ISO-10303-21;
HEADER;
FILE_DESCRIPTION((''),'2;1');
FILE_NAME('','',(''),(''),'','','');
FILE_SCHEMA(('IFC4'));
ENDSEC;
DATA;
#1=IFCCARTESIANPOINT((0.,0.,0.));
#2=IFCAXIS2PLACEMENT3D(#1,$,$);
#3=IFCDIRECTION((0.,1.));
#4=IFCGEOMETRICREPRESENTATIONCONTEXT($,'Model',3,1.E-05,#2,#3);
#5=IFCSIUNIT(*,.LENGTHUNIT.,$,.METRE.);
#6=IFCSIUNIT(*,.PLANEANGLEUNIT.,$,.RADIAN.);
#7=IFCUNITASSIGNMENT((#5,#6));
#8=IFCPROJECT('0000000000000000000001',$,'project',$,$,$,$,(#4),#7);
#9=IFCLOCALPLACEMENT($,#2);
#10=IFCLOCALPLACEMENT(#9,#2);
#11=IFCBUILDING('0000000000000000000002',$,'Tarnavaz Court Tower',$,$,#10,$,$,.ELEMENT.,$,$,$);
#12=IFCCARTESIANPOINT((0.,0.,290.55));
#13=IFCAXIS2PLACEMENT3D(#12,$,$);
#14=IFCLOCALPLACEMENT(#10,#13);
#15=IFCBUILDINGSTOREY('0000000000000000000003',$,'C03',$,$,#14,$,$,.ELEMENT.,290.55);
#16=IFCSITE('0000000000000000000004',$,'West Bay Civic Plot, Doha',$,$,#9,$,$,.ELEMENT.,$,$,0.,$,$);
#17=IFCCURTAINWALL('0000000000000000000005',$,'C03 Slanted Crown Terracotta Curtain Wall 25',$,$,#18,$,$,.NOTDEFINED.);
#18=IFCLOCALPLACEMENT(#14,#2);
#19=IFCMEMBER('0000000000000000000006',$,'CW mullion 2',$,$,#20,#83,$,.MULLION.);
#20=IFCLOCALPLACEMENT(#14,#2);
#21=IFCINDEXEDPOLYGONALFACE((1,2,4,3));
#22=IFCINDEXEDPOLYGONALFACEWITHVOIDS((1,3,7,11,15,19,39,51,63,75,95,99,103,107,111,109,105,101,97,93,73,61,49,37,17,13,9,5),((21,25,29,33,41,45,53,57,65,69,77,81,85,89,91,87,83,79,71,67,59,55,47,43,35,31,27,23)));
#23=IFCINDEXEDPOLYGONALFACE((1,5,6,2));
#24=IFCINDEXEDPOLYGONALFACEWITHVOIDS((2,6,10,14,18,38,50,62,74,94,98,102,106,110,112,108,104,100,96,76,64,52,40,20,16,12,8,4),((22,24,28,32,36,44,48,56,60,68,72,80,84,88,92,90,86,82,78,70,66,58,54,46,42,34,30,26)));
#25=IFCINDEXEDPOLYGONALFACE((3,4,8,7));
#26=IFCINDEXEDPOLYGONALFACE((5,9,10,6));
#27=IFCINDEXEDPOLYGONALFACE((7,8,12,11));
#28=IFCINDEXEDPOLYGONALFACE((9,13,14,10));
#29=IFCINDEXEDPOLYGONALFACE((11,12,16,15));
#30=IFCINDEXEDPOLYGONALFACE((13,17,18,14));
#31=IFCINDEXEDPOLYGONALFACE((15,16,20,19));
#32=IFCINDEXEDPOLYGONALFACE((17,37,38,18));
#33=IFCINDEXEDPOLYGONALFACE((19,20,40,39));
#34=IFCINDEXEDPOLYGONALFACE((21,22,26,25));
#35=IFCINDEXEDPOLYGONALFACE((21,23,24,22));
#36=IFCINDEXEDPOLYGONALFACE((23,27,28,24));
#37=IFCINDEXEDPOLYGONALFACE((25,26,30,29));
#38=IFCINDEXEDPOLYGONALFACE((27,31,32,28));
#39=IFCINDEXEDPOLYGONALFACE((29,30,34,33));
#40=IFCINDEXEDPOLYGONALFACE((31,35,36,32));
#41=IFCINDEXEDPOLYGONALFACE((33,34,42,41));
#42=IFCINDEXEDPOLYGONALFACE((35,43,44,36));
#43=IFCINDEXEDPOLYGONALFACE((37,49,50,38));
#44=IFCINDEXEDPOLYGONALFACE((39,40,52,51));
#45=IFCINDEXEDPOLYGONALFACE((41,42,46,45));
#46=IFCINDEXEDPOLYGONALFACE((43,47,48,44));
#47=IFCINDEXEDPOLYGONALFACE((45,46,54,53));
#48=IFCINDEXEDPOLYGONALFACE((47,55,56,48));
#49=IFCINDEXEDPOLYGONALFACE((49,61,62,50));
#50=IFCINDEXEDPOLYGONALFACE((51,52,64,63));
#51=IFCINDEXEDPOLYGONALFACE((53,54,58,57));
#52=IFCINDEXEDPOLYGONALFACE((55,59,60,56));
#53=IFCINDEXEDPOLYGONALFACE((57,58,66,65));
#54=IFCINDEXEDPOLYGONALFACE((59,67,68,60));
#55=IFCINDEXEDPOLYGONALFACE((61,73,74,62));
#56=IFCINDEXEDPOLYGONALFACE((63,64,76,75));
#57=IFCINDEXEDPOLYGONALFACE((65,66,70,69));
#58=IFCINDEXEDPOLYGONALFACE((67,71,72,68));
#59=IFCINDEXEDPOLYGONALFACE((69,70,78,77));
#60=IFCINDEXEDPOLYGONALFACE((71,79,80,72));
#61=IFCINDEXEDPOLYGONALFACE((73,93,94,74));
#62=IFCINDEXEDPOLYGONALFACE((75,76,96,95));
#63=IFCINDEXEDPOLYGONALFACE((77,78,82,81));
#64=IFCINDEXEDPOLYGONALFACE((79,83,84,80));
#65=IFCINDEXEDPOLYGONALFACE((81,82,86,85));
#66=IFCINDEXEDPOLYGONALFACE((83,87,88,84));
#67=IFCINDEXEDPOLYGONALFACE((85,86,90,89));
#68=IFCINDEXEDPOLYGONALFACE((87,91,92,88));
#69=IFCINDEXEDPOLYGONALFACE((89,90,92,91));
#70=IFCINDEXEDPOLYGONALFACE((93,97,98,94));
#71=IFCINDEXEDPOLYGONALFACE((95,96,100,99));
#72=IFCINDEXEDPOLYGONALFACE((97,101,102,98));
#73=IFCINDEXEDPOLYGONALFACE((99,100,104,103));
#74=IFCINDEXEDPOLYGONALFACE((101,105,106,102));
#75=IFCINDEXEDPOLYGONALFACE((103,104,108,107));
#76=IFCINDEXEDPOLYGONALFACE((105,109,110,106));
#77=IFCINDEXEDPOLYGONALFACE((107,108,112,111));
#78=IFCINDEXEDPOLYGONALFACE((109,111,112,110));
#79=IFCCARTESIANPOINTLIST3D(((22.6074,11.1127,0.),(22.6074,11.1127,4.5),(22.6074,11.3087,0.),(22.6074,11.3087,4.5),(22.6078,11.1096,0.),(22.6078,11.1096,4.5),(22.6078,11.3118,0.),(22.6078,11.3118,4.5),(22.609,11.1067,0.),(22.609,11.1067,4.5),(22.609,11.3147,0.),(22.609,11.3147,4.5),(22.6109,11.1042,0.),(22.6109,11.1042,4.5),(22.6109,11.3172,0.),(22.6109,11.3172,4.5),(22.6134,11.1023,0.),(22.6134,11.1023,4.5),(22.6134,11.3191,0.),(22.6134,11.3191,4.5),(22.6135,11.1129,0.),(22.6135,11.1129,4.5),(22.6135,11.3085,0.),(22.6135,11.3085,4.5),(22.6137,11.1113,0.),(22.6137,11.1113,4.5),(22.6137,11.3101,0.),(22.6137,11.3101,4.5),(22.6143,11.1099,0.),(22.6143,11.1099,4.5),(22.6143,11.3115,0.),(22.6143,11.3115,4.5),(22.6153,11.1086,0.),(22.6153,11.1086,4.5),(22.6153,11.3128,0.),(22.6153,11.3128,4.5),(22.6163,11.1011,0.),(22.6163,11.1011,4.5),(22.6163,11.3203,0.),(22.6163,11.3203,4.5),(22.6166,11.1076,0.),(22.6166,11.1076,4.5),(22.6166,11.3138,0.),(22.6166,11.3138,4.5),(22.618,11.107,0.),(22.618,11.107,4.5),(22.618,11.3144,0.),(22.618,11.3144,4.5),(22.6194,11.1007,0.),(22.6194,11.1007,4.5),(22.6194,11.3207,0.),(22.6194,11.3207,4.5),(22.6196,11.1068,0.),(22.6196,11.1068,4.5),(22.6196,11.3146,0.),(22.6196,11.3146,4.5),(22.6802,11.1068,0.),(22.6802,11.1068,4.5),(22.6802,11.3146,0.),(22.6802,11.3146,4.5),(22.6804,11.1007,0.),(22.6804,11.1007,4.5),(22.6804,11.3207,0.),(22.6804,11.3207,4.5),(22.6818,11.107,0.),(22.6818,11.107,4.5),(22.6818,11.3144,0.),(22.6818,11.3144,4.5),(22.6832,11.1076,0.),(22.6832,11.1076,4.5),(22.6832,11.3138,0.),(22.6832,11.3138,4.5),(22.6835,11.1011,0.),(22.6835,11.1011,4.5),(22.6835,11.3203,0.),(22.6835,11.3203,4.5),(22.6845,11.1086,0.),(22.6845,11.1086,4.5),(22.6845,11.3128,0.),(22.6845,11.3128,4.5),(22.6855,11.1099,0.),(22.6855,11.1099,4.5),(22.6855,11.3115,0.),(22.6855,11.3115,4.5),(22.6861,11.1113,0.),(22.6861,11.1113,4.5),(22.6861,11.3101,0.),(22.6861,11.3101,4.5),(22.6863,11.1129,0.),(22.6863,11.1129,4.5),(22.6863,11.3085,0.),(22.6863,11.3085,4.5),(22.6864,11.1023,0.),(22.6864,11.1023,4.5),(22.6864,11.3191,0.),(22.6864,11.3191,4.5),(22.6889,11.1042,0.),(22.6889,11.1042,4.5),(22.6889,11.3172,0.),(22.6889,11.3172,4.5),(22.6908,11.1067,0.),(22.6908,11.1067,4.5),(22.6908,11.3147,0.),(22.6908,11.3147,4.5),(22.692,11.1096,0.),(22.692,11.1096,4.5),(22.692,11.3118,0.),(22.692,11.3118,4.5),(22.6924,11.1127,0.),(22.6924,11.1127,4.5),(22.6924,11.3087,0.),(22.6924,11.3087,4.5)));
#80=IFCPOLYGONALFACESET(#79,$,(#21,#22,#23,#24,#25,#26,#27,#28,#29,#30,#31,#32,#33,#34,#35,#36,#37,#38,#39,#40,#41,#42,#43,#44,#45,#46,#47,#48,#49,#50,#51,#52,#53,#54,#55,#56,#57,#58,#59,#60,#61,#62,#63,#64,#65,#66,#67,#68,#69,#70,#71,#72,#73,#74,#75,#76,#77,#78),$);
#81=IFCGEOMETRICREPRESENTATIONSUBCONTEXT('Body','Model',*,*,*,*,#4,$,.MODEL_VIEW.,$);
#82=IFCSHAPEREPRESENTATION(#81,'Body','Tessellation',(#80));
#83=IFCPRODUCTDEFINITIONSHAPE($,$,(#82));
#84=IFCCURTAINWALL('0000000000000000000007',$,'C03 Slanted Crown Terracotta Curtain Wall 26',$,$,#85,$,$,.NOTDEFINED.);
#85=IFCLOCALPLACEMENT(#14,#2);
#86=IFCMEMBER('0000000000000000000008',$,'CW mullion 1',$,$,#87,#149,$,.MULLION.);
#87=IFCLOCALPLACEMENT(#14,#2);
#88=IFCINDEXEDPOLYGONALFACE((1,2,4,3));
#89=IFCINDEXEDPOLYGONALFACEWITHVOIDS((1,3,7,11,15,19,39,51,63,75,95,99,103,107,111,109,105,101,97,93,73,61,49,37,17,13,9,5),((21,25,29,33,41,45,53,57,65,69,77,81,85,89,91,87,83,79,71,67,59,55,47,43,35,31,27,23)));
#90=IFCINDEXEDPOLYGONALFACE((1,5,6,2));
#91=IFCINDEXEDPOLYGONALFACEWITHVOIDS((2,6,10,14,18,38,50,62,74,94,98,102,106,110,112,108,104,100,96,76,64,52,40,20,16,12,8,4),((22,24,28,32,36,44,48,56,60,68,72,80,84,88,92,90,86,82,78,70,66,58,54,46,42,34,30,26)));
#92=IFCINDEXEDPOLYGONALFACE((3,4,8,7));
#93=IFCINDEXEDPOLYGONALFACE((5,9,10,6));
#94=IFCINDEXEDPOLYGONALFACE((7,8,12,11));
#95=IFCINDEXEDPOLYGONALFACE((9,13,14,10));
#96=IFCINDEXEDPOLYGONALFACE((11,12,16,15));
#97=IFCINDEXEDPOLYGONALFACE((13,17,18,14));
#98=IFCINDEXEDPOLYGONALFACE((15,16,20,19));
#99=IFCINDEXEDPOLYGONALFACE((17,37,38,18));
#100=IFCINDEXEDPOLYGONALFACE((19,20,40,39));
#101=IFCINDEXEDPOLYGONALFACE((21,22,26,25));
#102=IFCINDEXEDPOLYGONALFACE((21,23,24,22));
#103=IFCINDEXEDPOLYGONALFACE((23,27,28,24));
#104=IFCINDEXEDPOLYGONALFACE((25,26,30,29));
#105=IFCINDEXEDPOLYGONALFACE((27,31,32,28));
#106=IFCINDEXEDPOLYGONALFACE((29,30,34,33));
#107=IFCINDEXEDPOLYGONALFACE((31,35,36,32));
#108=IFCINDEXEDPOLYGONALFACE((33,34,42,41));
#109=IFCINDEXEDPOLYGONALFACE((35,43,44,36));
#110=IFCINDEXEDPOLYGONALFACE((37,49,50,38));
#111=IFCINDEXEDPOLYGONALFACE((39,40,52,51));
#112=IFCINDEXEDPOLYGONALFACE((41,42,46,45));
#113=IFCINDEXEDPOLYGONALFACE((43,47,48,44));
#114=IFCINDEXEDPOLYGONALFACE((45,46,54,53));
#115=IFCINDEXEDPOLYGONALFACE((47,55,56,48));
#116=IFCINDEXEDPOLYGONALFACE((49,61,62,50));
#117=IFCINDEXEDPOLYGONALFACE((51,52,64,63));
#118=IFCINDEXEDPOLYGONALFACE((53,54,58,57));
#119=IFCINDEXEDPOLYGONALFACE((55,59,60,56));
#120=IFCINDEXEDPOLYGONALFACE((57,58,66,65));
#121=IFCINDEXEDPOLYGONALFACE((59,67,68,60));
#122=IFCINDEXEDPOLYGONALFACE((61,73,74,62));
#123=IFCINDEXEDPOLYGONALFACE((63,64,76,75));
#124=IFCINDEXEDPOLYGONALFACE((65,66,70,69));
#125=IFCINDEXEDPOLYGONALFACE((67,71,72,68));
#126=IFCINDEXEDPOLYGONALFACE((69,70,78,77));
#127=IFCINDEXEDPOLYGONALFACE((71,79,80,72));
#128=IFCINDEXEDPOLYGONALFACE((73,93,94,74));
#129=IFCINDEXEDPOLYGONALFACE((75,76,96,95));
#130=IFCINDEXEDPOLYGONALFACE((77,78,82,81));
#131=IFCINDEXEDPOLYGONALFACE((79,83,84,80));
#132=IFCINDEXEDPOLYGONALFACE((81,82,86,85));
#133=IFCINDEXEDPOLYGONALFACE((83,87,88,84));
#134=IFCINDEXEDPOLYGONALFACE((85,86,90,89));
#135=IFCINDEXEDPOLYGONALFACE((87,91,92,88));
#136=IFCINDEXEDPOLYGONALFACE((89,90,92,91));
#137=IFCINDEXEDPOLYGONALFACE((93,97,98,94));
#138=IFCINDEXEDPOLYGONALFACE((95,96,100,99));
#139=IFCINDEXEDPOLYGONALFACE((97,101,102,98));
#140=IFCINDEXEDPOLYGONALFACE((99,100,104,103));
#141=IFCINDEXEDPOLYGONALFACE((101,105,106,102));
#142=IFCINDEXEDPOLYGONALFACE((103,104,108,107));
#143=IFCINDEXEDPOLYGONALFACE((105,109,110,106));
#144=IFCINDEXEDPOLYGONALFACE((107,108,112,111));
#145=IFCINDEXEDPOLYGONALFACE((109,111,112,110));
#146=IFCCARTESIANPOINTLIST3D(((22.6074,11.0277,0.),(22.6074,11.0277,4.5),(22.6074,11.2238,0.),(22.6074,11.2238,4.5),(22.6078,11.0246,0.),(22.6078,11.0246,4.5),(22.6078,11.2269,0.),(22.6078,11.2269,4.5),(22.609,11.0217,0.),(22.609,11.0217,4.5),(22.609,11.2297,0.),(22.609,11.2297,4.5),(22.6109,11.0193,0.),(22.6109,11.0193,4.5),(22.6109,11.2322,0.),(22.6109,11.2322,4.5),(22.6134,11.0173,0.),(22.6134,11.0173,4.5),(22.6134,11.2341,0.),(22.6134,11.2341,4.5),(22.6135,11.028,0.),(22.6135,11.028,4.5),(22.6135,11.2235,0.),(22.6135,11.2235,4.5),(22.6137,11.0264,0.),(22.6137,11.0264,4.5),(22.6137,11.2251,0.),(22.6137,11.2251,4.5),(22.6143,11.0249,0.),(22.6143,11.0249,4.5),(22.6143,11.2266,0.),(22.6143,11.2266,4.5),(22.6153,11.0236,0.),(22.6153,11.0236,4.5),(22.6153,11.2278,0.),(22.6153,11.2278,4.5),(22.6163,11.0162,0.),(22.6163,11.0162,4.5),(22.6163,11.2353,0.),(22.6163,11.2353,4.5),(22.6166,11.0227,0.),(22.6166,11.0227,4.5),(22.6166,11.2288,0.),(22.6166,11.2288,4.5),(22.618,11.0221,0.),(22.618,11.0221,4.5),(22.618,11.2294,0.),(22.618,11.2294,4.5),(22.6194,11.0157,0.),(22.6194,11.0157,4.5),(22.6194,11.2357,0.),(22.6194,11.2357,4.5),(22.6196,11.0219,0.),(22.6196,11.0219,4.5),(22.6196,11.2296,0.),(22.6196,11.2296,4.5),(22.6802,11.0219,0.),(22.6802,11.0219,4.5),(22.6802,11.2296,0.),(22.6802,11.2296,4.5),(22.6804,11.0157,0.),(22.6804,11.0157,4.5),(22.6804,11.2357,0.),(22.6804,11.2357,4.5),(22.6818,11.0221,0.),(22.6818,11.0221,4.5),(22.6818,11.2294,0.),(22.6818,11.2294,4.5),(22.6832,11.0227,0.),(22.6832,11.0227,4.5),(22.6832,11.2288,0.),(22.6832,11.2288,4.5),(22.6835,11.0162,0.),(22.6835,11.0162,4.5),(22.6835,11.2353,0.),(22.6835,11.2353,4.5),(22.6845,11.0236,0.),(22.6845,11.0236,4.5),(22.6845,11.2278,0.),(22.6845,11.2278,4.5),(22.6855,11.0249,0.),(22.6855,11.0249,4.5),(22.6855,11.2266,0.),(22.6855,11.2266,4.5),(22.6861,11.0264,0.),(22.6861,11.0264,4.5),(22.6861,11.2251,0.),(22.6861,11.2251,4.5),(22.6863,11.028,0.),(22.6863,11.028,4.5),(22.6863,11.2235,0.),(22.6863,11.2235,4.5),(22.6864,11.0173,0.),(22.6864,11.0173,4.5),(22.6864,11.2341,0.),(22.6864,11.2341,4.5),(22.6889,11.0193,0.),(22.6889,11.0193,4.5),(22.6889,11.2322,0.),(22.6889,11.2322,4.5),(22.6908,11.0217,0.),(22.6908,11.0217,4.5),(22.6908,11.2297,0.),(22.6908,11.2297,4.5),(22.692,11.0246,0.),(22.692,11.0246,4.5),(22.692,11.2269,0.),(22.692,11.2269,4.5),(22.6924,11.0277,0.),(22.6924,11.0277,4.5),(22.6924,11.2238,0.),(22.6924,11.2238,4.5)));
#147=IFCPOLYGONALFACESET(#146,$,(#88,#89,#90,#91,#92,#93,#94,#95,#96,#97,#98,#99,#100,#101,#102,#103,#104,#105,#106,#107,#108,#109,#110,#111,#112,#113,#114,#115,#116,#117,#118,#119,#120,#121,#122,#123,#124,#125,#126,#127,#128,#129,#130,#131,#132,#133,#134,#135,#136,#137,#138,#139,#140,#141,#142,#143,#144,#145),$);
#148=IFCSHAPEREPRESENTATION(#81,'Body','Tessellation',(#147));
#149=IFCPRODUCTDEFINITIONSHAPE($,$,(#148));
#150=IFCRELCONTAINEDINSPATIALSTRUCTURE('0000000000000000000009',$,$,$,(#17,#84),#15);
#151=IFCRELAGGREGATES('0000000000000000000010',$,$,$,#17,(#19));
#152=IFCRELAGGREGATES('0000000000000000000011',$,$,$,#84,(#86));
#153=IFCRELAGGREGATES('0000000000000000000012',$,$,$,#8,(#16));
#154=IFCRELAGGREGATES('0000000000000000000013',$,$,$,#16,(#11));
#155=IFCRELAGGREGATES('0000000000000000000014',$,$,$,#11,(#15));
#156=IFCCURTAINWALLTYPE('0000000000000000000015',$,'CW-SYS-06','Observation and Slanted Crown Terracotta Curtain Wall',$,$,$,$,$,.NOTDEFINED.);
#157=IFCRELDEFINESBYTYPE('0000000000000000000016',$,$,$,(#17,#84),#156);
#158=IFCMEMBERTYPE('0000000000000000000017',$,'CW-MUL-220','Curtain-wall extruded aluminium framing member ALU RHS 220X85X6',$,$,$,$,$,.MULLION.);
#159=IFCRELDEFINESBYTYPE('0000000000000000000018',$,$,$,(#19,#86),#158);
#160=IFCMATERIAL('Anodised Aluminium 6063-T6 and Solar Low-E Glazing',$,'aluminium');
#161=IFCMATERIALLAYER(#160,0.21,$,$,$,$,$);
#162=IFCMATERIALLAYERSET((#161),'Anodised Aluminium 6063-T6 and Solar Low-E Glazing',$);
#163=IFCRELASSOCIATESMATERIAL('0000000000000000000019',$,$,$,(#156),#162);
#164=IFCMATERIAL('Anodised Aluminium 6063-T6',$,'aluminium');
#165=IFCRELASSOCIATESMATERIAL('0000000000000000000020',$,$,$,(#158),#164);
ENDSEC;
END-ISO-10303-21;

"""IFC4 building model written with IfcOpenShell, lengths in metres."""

from ifc_helpers import new_model, si_unit, direction, frame, origin, origin_2d, place, context, subcontext, project, spatial, hollow_rectangle, extrude, material, layer, layer_set, material_profile, profile_set, type_object, element, aggregate, save


model = new_model("IFC4")

# Units and contexts
model_context = context("Model", 3, precision=1e-05, world=origin(), true_north=direction((0.0, 1.0)))
body_context = subcontext(model_context, "Body", "Model", "MODEL_VIEW")
ifc_project = project(units=[si_unit("LENGTHUNIT", "METRE"), si_unit("PLANEANGLEUNIT", "RADIAN")], contexts=[model_context])

# Site, building, storey
site_placement = place(None, origin())
site = spatial("IfcSite", under=ifc_project, at=site_placement, Name="West Bay Civic Plot, Doha", CompositionType="ELEMENT", RefElevation=0.0)
building_placement = place(site_placement, origin())
building = spatial("IfcBuilding", under=site, at=building_placement, Name="Tarnavaz Court Tower", CompositionType="ELEMENT")
storey_placement = place(building_placement, frame((0.0, 0.0, 290.55)))
storey = spatial("IfcBuildingStorey", under=building, at=storey_placement, Name="C03", CompositionType="ELEMENT", Elevation=290.55)

# Shared definitions
ifc_material_1 = material(Name="Anodised Aluminium 6063-T6 and Solar Low-E Glazing", Category="aluminium")
ifc_layer_1 = layer(ifc_material_1, 0.21)
ifc_layer_set_1 = layer_set([ifc_layer_1], Name="Anodised Aluminium 6063-T6 and Solar Low-E Glazing")
curtain_wall_type = type_object("IfcCurtainWallType", Name="CW-SYS-06", Description="Observation and Slanted Crown Terracotta Curtain Wall", PredefinedType="NOTDEFINED", material=ifc_layer_set_1)
ifc_material_2 = material(Name="Anodised Aluminium 6063-T6", Category="aluminium")
ifc_material_profile_1 = material_profile(ifc_material_2, hollow_rectangle(XDim=0.085, YDim=0.22, WallThickness=0.0061, InnerFilletRadius=0.0061, OuterFilletRadius=0.012, at=origin_2d()), Name="ALU RHS 220X85X6")
ifc_profile_set_1 = profile_set([ifc_material_profile_1], Name="Anodised Aluminium 6063-T6")
member_type_1 = type_object("IfcMemberType", Name="CW-MUL-220", Description="Curtain-wall extruded aluminium framing member ALU RHS 220X85X6", PredefinedType="MULLION", material=ifc_profile_set_1)

# Curtain walls, members
curtain_wall_1_placement = place(storey_placement, origin())
curtain_wall_1 = element("IfcCurtainWall", 1, at=curtain_wall_1_placement, inside=storey, type_object=curtain_wall_type, Name="C03 Slanted Crown Terracotta Curtain Wall 25", PredefinedType="NOTDEFINED")
member_1_placement = place(storey_placement, frame((22.6499, 11.2107, 0.0), z_axis=(0.0, 0.0, 1.0), x_axis=(1.0, 0.0, 0.0)))
member_1 = element("IfcMember", 2, at=member_1_placement, type_object=member_type_1, Name="CW mullion 2", PredefinedType="MULLION", context=body_context, shape_type="SweptSolid", body=[
    extrude(hollow_rectangle(XDim=0.085, YDim=0.22, WallThickness=0.0061, InnerFilletRadius=0.0061, OuterFilletRadius=0.012, at=origin_2d()), origin(), (0.0, 0.0, 1.0), 4.5),
])
curtain_wall_2_placement = place(storey_placement, origin())
curtain_wall_2 = element("IfcCurtainWall", 3, at=curtain_wall_2_placement, inside=storey, type_object=curtain_wall_type, Name="C03 Slanted Crown Terracotta Curtain Wall 26", PredefinedType="NOTDEFINED")
member_2_placement = place(storey_placement, frame((22.6499, 11.1257, 0.0), z_axis=(0.0, 0.0, 1.0), x_axis=(1.0, 0.0, 0.0)))
member_2 = element("IfcMember", 4, at=member_2_placement, type_object=member_type_1, Name="CW mullion 1", PredefinedType="MULLION", context=body_context, shape_type="SweptSolid", body=[
    extrude(hollow_rectangle(XDim=0.085, YDim=0.22, WallThickness=0.0061, InnerFilletRadius=0.0061, OuterFilletRadius=0.012, at=origin_2d()), origin(), (0.0, 0.0, 1.0), 4.5),
])

aggregate(curtain_wall_1, [member_1])
aggregate(curtain_wall_2, [member_2])

save(model, "model.ifc")
